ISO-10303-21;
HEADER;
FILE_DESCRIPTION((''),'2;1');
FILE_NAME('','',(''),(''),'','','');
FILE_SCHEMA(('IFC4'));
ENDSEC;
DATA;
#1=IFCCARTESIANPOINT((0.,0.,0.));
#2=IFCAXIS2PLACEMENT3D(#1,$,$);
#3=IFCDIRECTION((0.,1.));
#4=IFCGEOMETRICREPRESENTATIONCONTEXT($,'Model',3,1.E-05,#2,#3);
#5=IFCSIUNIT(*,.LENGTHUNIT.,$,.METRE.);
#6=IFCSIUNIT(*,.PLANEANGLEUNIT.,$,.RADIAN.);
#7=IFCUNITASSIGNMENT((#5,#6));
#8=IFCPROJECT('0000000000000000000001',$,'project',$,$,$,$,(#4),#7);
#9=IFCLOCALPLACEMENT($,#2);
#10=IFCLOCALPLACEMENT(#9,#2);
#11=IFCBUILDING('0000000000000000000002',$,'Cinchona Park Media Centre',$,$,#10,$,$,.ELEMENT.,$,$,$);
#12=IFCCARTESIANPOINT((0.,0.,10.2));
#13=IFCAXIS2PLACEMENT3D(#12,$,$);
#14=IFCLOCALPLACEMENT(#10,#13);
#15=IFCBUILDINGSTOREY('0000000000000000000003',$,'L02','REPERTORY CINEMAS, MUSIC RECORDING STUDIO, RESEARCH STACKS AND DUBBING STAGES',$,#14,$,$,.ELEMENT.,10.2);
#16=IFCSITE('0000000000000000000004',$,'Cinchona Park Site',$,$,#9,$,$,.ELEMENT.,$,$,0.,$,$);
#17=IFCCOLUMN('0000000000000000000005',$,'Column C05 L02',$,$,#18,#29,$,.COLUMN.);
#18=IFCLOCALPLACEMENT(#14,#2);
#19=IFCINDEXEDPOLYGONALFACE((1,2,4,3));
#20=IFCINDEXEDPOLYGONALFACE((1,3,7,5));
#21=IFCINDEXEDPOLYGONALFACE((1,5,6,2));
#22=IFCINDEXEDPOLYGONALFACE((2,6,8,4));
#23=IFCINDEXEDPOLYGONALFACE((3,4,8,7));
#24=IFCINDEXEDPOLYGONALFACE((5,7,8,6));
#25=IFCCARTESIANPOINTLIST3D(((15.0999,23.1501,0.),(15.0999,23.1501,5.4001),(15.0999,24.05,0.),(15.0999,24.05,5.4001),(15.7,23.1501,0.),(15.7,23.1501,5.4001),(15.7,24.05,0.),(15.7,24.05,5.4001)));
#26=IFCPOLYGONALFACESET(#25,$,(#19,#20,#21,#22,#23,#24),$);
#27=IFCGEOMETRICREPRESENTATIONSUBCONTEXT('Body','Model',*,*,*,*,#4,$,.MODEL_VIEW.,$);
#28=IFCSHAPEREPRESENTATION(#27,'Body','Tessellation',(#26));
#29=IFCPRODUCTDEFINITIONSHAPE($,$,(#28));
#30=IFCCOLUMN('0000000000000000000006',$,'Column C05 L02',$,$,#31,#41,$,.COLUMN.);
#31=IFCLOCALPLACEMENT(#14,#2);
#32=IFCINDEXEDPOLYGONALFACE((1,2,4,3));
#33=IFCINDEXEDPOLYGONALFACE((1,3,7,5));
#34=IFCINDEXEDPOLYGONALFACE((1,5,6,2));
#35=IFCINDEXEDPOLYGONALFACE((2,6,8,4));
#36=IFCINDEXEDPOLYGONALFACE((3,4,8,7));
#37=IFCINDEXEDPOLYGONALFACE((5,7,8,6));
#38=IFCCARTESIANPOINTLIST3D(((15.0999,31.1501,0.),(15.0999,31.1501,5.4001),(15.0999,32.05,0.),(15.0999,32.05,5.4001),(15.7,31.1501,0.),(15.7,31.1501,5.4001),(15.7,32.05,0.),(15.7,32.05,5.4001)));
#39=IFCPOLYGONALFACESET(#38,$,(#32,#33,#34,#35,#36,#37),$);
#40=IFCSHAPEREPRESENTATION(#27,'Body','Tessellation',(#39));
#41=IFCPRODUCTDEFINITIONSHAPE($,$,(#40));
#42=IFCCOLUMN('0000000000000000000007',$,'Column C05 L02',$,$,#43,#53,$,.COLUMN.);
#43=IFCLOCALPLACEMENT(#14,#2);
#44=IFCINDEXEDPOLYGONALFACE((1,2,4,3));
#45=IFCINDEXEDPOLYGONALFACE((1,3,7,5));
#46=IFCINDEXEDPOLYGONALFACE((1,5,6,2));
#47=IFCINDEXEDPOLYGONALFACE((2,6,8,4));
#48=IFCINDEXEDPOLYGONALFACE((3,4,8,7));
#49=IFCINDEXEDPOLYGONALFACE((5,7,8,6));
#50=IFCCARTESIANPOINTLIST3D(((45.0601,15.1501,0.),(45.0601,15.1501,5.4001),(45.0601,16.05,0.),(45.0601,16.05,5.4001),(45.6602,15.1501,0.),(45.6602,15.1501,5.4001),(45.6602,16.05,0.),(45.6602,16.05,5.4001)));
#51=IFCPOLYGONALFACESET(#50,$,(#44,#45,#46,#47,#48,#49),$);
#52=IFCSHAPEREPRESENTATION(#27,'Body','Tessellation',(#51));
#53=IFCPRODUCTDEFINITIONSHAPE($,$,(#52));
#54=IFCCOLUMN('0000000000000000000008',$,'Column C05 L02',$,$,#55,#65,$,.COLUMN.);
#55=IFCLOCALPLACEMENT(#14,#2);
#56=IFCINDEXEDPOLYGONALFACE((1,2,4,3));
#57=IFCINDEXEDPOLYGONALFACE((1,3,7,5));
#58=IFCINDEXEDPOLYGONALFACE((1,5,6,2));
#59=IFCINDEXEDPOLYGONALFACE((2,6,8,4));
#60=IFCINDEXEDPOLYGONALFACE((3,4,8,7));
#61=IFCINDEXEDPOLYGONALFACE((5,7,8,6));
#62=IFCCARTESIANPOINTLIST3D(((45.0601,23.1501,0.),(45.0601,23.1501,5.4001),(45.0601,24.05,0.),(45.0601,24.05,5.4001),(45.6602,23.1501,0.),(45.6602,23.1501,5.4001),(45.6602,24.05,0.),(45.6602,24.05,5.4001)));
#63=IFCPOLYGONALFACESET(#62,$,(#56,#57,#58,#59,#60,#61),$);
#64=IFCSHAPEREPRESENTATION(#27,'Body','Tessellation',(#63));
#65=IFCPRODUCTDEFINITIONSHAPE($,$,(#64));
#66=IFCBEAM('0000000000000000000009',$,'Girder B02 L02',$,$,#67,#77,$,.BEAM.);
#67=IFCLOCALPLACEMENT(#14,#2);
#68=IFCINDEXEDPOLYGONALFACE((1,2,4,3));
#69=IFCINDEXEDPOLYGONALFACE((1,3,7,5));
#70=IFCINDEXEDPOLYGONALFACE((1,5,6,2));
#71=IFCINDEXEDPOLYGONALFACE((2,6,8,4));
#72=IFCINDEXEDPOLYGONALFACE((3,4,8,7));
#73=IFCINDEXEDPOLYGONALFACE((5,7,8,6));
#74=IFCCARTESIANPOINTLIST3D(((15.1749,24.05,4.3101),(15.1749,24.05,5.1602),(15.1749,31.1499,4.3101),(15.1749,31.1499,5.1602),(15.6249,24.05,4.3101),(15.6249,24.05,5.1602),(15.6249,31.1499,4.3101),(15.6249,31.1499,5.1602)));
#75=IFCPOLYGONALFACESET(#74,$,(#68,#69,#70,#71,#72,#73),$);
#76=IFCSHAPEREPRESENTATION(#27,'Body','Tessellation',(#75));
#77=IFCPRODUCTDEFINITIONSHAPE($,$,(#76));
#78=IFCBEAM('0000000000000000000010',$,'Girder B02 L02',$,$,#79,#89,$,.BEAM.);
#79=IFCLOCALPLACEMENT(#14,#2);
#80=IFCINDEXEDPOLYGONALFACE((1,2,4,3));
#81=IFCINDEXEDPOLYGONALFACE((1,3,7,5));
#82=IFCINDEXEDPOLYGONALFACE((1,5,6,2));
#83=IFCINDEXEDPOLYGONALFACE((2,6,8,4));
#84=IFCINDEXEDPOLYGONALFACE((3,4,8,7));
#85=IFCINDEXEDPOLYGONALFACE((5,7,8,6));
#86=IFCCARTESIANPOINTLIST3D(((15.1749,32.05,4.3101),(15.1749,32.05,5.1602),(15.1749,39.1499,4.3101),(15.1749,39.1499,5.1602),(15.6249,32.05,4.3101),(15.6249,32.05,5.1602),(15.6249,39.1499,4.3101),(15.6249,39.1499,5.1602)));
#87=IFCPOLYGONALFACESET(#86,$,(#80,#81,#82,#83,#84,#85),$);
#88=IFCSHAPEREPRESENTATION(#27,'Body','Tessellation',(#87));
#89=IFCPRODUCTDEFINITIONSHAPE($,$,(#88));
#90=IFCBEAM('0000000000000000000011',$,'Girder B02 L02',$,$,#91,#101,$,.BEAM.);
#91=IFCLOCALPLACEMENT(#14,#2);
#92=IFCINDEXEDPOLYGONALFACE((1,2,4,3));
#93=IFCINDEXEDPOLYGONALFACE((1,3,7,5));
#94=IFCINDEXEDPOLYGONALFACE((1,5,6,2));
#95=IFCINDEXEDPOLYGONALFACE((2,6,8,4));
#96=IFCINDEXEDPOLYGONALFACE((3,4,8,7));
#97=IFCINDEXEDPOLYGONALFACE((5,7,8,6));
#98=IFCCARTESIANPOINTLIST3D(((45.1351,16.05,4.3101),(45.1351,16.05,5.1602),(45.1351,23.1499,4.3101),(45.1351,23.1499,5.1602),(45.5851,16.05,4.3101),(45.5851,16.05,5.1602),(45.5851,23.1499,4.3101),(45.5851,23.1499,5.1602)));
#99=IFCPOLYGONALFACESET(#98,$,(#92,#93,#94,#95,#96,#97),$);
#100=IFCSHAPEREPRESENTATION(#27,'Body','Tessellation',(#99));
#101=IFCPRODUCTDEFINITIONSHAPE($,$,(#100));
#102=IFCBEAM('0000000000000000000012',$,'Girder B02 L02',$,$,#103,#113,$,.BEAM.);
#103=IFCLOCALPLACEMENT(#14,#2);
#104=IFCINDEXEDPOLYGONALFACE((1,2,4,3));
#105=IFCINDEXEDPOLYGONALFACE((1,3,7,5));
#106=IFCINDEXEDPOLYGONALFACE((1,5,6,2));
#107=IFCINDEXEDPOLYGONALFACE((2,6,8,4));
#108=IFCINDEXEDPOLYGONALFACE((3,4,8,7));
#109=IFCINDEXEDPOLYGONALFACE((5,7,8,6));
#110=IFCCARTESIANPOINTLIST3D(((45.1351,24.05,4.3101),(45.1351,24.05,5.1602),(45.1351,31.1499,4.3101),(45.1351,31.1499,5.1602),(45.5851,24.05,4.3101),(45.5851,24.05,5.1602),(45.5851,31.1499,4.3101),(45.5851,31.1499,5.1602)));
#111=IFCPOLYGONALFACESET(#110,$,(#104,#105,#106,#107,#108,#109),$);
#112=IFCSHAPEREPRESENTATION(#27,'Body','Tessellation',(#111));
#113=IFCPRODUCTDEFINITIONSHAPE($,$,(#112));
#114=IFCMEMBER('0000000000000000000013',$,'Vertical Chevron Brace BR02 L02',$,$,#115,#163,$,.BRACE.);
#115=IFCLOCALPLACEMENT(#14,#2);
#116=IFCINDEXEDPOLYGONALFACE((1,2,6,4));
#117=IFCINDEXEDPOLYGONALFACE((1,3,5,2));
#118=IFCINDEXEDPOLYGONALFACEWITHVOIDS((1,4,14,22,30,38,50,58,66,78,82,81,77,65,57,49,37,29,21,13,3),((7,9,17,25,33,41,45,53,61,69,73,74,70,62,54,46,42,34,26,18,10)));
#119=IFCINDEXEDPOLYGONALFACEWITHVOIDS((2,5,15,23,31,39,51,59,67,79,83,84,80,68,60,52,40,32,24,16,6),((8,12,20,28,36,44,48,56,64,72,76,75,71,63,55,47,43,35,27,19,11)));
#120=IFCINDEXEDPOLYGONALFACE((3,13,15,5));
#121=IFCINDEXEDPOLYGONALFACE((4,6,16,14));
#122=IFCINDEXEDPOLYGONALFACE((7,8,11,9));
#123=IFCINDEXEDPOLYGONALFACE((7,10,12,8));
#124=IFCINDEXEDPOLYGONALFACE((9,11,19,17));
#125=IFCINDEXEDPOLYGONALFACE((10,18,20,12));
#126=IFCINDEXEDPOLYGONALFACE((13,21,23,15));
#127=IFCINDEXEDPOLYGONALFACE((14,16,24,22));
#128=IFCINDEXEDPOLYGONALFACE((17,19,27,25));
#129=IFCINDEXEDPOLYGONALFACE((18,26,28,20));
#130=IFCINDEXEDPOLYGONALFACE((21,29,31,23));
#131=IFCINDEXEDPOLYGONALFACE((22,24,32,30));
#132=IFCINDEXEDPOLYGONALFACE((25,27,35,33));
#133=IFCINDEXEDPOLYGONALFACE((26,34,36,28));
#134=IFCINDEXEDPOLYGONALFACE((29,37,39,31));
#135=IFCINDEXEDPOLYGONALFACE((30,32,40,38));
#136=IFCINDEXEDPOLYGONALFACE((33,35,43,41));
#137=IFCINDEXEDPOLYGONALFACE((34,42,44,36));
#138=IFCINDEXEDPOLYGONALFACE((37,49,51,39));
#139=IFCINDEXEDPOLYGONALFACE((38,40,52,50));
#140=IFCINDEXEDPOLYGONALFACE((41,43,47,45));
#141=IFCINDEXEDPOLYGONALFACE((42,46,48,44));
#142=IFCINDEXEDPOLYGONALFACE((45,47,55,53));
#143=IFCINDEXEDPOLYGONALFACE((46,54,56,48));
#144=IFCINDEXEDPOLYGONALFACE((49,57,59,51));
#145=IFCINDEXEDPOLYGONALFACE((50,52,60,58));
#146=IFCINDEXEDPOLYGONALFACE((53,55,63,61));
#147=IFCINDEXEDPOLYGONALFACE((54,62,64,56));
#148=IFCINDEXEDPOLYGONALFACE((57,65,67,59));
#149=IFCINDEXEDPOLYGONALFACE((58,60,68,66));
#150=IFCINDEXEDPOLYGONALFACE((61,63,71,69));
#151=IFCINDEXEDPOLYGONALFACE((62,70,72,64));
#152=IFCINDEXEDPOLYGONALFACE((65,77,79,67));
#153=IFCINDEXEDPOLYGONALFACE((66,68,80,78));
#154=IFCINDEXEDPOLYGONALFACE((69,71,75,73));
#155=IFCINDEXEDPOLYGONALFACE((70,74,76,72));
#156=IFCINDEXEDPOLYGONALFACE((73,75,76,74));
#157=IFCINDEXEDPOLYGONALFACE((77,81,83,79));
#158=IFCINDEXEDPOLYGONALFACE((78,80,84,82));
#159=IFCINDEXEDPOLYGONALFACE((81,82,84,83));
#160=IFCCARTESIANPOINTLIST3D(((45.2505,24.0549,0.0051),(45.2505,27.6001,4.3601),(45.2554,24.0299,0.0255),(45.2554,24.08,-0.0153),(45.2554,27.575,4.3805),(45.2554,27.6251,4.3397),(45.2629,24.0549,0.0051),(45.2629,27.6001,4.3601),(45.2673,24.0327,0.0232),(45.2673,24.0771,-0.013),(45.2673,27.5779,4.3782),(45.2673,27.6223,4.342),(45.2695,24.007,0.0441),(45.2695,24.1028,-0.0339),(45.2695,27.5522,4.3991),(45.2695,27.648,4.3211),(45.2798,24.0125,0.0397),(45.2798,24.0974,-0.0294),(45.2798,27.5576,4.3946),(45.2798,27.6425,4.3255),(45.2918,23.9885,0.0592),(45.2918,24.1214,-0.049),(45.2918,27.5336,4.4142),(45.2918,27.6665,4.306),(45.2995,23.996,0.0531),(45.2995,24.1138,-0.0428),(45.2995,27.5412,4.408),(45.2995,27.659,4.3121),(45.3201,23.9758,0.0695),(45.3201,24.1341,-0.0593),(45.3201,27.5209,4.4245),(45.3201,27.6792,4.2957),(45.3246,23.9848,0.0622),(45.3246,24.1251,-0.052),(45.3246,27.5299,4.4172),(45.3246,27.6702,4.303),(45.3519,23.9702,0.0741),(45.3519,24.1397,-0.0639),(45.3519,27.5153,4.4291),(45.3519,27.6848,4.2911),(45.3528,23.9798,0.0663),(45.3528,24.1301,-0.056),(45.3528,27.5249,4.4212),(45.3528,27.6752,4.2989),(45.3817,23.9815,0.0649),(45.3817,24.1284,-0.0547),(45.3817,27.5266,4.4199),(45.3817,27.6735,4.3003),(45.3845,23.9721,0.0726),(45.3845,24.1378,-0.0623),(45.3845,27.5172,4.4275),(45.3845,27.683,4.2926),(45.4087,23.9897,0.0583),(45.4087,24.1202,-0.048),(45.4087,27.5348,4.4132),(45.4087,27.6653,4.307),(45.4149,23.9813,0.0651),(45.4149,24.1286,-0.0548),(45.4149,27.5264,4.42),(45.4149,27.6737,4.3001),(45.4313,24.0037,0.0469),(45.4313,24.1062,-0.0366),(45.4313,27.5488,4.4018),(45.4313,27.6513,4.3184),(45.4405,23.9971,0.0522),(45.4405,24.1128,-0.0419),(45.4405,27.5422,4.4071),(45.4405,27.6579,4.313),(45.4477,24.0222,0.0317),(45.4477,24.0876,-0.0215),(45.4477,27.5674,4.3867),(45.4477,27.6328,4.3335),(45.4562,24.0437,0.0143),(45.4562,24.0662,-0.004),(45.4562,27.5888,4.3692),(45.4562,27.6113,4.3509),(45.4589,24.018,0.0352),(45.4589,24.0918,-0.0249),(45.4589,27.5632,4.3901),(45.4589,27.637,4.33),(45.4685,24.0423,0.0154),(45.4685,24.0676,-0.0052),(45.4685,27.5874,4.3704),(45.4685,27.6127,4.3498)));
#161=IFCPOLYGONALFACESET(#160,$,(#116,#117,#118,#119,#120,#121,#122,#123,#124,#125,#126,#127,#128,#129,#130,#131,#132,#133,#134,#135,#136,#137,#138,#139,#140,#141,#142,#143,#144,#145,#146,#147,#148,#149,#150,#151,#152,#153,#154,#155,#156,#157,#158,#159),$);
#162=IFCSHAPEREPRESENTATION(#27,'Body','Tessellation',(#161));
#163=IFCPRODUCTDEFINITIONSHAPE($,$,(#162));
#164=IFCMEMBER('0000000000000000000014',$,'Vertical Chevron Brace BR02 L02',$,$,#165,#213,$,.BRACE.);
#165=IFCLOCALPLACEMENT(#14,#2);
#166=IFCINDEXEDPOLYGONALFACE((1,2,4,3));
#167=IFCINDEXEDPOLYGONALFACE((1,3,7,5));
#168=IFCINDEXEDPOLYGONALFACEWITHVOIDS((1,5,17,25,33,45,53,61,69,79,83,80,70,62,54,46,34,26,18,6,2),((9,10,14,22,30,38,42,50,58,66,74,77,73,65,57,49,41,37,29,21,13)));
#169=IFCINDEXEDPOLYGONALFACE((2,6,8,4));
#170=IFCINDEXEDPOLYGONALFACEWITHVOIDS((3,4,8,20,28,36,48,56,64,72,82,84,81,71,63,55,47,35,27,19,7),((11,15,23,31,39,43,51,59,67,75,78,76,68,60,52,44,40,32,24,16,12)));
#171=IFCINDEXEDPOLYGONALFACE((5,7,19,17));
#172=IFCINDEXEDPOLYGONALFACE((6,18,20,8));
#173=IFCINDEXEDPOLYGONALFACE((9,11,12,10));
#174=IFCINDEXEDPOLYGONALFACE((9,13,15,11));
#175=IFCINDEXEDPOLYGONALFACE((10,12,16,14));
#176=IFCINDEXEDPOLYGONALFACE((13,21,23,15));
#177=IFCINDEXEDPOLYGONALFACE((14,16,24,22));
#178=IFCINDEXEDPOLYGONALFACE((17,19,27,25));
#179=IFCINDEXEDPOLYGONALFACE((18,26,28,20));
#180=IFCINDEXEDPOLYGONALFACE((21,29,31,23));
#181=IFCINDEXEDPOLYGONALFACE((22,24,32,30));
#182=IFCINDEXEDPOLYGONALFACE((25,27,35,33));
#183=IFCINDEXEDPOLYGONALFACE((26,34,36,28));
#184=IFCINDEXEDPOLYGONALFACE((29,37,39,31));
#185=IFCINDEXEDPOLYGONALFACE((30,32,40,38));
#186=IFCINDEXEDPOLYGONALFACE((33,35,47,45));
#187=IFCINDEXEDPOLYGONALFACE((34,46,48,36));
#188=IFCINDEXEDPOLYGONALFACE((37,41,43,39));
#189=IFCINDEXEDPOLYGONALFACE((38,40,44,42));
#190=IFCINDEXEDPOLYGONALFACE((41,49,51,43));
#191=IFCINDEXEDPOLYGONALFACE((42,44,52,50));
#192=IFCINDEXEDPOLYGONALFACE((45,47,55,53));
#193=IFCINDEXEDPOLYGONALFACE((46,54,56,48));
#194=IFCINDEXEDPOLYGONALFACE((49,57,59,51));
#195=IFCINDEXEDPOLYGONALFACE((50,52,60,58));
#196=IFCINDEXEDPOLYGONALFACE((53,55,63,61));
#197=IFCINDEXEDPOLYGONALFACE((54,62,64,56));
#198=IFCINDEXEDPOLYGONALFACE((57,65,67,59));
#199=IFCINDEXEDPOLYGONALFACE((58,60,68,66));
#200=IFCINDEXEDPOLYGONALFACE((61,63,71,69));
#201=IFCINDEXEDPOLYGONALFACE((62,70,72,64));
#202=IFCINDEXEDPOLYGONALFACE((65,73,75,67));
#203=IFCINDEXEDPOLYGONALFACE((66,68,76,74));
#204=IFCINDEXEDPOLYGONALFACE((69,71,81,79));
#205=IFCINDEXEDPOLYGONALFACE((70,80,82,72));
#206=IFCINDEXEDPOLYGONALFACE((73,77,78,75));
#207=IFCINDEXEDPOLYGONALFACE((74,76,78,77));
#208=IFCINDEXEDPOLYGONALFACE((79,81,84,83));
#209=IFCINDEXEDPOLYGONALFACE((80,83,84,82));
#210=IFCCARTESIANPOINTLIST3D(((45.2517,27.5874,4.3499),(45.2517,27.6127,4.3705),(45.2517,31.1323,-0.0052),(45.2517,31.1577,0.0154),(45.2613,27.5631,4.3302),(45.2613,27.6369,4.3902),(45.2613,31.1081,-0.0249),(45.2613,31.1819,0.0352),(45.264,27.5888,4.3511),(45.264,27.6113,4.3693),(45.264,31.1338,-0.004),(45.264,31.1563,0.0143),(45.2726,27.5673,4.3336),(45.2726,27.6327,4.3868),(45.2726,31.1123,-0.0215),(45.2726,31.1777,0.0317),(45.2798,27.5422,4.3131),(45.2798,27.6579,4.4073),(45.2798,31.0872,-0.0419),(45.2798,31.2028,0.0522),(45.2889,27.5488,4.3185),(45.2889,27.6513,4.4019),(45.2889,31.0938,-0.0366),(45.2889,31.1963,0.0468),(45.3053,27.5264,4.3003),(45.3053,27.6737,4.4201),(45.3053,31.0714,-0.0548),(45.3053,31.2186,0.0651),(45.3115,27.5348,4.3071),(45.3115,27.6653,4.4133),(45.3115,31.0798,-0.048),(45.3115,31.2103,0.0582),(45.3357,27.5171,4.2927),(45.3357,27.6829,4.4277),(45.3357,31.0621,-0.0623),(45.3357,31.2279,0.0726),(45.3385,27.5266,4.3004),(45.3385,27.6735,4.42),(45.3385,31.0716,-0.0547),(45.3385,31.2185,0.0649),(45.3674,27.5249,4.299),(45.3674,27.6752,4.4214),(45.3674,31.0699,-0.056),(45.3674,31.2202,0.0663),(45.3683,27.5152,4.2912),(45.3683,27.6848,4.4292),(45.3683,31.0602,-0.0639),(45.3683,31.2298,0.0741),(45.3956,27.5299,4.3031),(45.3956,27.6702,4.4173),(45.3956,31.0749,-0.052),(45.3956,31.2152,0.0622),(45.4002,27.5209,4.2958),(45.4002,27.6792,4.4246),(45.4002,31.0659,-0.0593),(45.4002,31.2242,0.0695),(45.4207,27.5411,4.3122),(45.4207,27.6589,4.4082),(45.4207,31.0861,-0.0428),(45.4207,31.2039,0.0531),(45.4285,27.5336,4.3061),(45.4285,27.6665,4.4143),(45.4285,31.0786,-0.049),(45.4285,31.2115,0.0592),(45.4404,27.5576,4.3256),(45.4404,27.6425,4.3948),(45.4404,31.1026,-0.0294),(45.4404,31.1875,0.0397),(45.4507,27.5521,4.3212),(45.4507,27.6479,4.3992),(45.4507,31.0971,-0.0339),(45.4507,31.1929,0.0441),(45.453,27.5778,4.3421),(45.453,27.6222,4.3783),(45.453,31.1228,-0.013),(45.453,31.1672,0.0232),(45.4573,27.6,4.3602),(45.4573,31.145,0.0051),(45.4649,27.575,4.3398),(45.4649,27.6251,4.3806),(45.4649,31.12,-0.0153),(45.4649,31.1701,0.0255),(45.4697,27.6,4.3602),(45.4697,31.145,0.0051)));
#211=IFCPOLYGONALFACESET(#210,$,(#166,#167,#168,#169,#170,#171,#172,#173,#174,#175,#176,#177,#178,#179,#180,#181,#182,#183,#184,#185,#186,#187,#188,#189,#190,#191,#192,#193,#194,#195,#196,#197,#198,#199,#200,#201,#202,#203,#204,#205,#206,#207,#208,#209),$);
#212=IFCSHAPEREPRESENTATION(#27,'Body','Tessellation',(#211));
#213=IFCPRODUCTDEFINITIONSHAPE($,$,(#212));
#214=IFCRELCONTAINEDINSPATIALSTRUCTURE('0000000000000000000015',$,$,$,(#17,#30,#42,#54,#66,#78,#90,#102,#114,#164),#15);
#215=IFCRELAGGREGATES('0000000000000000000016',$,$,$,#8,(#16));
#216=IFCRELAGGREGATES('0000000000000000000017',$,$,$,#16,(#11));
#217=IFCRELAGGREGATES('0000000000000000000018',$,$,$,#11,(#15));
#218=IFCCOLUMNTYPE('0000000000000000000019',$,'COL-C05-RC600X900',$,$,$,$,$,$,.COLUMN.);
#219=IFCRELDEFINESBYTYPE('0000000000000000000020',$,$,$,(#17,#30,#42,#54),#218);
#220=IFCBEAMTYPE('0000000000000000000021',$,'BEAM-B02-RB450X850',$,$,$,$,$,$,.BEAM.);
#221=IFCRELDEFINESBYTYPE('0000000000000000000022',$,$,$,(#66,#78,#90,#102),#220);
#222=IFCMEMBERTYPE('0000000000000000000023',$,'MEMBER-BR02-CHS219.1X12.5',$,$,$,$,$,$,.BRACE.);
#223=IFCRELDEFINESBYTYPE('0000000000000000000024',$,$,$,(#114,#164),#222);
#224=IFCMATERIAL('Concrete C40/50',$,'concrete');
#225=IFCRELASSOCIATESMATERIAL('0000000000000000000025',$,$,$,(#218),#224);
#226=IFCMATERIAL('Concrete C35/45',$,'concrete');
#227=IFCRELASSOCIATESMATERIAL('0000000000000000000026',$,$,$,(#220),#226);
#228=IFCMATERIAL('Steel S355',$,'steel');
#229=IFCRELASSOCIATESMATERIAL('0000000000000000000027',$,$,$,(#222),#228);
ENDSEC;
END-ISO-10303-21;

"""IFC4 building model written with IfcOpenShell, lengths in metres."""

from ifc_helpers import new_model, si_unit, direction, frame, origin, origin_2d, place, context, subcontext, project, spatial, rectangle, hollow_circle, extrude, material, material_profile, profile_set, type_object, element, save


model = new_model("IFC4")

# Units and contexts
model_context = context("Model", 3, precision=1e-05, world=origin(), true_north=direction((0.0, 1.0)))
body_context = subcontext(model_context, "Body", "Model", "MODEL_VIEW")
ifc_project = project(units=[si_unit("LENGTHUNIT", "METRE"), si_unit("PLANEANGLEUNIT", "RADIAN")], contexts=[model_context])

# Site, building, storey
site_placement = place(None, origin())
site = spatial("IfcSite", under=ifc_project, at=site_placement, Name="Cinchona Park Site", CompositionType="ELEMENT", RefElevation=0.0)
building_placement = place(site_placement, origin())
building = spatial("IfcBuilding", under=site, at=building_placement, Name="Cinchona Park Media Centre", CompositionType="ELEMENT")
storey_placement = place(building_placement, frame((0.0, 0.0, 10.2)))
storey = spatial("IfcBuildingStorey", under=building, at=storey_placement, Name="L02", Description="REPERTORY CINEMAS, MUSIC RECORDING STUDIO, RESEARCH STACKS AND DUBBING STAGES", CompositionType="ELEMENT", Elevation=10.2)

# Columns
ifc_material_1 = material(Name="Concrete C40/50", Category="concrete")
ifc_material_profile_1 = material_profile(ifc_material_1, rectangle(XDim=0.6001, YDim=0.8999, at=origin_2d()), Name="RC 600X900")
ifc_profile_set_1 = profile_set([ifc_material_profile_1], Name="Concrete C40/50")
column_type = type_object("IfcColumnType", Name="COL-C05-RC600X900", PredefinedType="COLUMN", material=ifc_profile_set_1)
for number, where, z_axis, x_axis, name in (
    (1, (15.3999, 23.6001, 0.0), (0.0, 0.0, 1.0), (1.0, 0.0, 0.0), "Column C05 L02"),
    (2, (15.3999, 31.6001, 0.0), (0.0, 0.0, 1.0), (1.0, 0.0, 0.0), "Column C05 L02"),
    (3, (45.3601, 15.6001, 0.0), (0.0, 0.0, 1.0), (1.0, 0.0, 0.0), "Column C05 L02"),
    (4, (45.3601, 23.6001, 0.0), (0.0, 0.0, 1.0), (1.0, 0.0, 0.0), "Column C05 L02"),
):
    element("IfcColumn", number, at=place(storey_placement, frame(where, z_axis=z_axis, x_axis=x_axis)), inside=storey, type_object=column_type, Name=name, PredefinedType="COLUMN", context=body_context, shape_type="SweptSolid", body=[
        extrude(rectangle(XDim=0.6001, YDim=0.8999, at=origin_2d()), origin(), (0.0, 0.0, 1.0), 5.4001),
    ])

# Beams
ifc_material_2 = material(Name="Concrete C35/45", Category="concrete")
ifc_material_profile_2 = material_profile(ifc_material_2, rectangle(XDim=0.45, YDim=0.8501, at=origin_2d()), Name="RB 450X850")
ifc_profile_set_2 = profile_set([ifc_material_profile_2], Name="Concrete C35/45")
beam_type = type_object("IfcBeamType", Name="BEAM-B02-RB450X850", PredefinedType="BEAM", material=ifc_profile_set_2)
for number, where, z_axis, x_axis, name in (
    (5, (15.3999, 24.05, 4.7351), (0.0, 1.0, 0.0), (-1.0, 0.0, 0.0), "Girder B02 L02"),
    (6, (15.3999, 32.05, 4.7351), (0.0, 1.0, 0.0), (-1.0, 0.0, 0.0), "Girder B02 L02"),
    (7, (45.3601, 16.05, 4.7351), (0.0, 1.0, 0.0), (-1.0, 0.0, 0.0), "Girder B02 L02"),
    (8, (45.3601, 24.05, 4.7351), (0.0, 1.0, 0.0), (-1.0, 0.0, 0.0), "Girder B02 L02"),
):
    element("IfcBeam", number, at=place(storey_placement, frame(where, z_axis=z_axis, x_axis=x_axis)), inside=storey, type_object=beam_type, Name=name, PredefinedType="BEAM", context=body_context, shape_type="SweptSolid", body=[
        extrude(rectangle(XDim=0.45, YDim=0.8501, at=origin_2d()), origin(), (0.0, 0.0, 1.0), 7.0999),
    ])

# Members
ifc_material_3 = material(Name="Steel S355", Category="steel")
ifc_material_profile_3 = material_profile(ifc_material_3, hollow_circle(Radius=0.1096, WallThickness=0.0125, at=origin_2d()), Name="219.1X12.5CHS")
ifc_profile_set_3 = profile_set([ifc_material_profile_3], Name="Steel S355")
member_type = type_object("IfcMemberType", Name="MEMBER-BR02-CHS219.1X12.5", PredefinedType="BRACE", material=ifc_profile_set_3)
for number, where, z_axis, x_axis, name in (
    (9, (45.3601, 24.0549, 0.0051), (0.0, 0.631316, 0.775526), (-1.0, 0.0, 0.0), "Vertical Chevron Brace BR02 L02"),
    (10, (45.3601, 31.145, 0.0051), (0.0, -0.63129, 0.775547), (1.0, 0.0, 0.0), "Vertical Chevron Brace BR02 L02"),
):
    element("IfcMember", number, at=place(storey_placement, frame(where, z_axis=z_axis, x_axis=x_axis)), inside=storey, type_object=member_type, Name=name, PredefinedType="BRACE", context=body_context, shape_type="SweptSolid", body=[
        extrude(hollow_circle(Radius=0.1096, WallThickness=0.0125, at=origin_2d()), origin(), (0.0, 0.0, 1.0), 5.6155),
    ])

save(model, "model.ifc")
